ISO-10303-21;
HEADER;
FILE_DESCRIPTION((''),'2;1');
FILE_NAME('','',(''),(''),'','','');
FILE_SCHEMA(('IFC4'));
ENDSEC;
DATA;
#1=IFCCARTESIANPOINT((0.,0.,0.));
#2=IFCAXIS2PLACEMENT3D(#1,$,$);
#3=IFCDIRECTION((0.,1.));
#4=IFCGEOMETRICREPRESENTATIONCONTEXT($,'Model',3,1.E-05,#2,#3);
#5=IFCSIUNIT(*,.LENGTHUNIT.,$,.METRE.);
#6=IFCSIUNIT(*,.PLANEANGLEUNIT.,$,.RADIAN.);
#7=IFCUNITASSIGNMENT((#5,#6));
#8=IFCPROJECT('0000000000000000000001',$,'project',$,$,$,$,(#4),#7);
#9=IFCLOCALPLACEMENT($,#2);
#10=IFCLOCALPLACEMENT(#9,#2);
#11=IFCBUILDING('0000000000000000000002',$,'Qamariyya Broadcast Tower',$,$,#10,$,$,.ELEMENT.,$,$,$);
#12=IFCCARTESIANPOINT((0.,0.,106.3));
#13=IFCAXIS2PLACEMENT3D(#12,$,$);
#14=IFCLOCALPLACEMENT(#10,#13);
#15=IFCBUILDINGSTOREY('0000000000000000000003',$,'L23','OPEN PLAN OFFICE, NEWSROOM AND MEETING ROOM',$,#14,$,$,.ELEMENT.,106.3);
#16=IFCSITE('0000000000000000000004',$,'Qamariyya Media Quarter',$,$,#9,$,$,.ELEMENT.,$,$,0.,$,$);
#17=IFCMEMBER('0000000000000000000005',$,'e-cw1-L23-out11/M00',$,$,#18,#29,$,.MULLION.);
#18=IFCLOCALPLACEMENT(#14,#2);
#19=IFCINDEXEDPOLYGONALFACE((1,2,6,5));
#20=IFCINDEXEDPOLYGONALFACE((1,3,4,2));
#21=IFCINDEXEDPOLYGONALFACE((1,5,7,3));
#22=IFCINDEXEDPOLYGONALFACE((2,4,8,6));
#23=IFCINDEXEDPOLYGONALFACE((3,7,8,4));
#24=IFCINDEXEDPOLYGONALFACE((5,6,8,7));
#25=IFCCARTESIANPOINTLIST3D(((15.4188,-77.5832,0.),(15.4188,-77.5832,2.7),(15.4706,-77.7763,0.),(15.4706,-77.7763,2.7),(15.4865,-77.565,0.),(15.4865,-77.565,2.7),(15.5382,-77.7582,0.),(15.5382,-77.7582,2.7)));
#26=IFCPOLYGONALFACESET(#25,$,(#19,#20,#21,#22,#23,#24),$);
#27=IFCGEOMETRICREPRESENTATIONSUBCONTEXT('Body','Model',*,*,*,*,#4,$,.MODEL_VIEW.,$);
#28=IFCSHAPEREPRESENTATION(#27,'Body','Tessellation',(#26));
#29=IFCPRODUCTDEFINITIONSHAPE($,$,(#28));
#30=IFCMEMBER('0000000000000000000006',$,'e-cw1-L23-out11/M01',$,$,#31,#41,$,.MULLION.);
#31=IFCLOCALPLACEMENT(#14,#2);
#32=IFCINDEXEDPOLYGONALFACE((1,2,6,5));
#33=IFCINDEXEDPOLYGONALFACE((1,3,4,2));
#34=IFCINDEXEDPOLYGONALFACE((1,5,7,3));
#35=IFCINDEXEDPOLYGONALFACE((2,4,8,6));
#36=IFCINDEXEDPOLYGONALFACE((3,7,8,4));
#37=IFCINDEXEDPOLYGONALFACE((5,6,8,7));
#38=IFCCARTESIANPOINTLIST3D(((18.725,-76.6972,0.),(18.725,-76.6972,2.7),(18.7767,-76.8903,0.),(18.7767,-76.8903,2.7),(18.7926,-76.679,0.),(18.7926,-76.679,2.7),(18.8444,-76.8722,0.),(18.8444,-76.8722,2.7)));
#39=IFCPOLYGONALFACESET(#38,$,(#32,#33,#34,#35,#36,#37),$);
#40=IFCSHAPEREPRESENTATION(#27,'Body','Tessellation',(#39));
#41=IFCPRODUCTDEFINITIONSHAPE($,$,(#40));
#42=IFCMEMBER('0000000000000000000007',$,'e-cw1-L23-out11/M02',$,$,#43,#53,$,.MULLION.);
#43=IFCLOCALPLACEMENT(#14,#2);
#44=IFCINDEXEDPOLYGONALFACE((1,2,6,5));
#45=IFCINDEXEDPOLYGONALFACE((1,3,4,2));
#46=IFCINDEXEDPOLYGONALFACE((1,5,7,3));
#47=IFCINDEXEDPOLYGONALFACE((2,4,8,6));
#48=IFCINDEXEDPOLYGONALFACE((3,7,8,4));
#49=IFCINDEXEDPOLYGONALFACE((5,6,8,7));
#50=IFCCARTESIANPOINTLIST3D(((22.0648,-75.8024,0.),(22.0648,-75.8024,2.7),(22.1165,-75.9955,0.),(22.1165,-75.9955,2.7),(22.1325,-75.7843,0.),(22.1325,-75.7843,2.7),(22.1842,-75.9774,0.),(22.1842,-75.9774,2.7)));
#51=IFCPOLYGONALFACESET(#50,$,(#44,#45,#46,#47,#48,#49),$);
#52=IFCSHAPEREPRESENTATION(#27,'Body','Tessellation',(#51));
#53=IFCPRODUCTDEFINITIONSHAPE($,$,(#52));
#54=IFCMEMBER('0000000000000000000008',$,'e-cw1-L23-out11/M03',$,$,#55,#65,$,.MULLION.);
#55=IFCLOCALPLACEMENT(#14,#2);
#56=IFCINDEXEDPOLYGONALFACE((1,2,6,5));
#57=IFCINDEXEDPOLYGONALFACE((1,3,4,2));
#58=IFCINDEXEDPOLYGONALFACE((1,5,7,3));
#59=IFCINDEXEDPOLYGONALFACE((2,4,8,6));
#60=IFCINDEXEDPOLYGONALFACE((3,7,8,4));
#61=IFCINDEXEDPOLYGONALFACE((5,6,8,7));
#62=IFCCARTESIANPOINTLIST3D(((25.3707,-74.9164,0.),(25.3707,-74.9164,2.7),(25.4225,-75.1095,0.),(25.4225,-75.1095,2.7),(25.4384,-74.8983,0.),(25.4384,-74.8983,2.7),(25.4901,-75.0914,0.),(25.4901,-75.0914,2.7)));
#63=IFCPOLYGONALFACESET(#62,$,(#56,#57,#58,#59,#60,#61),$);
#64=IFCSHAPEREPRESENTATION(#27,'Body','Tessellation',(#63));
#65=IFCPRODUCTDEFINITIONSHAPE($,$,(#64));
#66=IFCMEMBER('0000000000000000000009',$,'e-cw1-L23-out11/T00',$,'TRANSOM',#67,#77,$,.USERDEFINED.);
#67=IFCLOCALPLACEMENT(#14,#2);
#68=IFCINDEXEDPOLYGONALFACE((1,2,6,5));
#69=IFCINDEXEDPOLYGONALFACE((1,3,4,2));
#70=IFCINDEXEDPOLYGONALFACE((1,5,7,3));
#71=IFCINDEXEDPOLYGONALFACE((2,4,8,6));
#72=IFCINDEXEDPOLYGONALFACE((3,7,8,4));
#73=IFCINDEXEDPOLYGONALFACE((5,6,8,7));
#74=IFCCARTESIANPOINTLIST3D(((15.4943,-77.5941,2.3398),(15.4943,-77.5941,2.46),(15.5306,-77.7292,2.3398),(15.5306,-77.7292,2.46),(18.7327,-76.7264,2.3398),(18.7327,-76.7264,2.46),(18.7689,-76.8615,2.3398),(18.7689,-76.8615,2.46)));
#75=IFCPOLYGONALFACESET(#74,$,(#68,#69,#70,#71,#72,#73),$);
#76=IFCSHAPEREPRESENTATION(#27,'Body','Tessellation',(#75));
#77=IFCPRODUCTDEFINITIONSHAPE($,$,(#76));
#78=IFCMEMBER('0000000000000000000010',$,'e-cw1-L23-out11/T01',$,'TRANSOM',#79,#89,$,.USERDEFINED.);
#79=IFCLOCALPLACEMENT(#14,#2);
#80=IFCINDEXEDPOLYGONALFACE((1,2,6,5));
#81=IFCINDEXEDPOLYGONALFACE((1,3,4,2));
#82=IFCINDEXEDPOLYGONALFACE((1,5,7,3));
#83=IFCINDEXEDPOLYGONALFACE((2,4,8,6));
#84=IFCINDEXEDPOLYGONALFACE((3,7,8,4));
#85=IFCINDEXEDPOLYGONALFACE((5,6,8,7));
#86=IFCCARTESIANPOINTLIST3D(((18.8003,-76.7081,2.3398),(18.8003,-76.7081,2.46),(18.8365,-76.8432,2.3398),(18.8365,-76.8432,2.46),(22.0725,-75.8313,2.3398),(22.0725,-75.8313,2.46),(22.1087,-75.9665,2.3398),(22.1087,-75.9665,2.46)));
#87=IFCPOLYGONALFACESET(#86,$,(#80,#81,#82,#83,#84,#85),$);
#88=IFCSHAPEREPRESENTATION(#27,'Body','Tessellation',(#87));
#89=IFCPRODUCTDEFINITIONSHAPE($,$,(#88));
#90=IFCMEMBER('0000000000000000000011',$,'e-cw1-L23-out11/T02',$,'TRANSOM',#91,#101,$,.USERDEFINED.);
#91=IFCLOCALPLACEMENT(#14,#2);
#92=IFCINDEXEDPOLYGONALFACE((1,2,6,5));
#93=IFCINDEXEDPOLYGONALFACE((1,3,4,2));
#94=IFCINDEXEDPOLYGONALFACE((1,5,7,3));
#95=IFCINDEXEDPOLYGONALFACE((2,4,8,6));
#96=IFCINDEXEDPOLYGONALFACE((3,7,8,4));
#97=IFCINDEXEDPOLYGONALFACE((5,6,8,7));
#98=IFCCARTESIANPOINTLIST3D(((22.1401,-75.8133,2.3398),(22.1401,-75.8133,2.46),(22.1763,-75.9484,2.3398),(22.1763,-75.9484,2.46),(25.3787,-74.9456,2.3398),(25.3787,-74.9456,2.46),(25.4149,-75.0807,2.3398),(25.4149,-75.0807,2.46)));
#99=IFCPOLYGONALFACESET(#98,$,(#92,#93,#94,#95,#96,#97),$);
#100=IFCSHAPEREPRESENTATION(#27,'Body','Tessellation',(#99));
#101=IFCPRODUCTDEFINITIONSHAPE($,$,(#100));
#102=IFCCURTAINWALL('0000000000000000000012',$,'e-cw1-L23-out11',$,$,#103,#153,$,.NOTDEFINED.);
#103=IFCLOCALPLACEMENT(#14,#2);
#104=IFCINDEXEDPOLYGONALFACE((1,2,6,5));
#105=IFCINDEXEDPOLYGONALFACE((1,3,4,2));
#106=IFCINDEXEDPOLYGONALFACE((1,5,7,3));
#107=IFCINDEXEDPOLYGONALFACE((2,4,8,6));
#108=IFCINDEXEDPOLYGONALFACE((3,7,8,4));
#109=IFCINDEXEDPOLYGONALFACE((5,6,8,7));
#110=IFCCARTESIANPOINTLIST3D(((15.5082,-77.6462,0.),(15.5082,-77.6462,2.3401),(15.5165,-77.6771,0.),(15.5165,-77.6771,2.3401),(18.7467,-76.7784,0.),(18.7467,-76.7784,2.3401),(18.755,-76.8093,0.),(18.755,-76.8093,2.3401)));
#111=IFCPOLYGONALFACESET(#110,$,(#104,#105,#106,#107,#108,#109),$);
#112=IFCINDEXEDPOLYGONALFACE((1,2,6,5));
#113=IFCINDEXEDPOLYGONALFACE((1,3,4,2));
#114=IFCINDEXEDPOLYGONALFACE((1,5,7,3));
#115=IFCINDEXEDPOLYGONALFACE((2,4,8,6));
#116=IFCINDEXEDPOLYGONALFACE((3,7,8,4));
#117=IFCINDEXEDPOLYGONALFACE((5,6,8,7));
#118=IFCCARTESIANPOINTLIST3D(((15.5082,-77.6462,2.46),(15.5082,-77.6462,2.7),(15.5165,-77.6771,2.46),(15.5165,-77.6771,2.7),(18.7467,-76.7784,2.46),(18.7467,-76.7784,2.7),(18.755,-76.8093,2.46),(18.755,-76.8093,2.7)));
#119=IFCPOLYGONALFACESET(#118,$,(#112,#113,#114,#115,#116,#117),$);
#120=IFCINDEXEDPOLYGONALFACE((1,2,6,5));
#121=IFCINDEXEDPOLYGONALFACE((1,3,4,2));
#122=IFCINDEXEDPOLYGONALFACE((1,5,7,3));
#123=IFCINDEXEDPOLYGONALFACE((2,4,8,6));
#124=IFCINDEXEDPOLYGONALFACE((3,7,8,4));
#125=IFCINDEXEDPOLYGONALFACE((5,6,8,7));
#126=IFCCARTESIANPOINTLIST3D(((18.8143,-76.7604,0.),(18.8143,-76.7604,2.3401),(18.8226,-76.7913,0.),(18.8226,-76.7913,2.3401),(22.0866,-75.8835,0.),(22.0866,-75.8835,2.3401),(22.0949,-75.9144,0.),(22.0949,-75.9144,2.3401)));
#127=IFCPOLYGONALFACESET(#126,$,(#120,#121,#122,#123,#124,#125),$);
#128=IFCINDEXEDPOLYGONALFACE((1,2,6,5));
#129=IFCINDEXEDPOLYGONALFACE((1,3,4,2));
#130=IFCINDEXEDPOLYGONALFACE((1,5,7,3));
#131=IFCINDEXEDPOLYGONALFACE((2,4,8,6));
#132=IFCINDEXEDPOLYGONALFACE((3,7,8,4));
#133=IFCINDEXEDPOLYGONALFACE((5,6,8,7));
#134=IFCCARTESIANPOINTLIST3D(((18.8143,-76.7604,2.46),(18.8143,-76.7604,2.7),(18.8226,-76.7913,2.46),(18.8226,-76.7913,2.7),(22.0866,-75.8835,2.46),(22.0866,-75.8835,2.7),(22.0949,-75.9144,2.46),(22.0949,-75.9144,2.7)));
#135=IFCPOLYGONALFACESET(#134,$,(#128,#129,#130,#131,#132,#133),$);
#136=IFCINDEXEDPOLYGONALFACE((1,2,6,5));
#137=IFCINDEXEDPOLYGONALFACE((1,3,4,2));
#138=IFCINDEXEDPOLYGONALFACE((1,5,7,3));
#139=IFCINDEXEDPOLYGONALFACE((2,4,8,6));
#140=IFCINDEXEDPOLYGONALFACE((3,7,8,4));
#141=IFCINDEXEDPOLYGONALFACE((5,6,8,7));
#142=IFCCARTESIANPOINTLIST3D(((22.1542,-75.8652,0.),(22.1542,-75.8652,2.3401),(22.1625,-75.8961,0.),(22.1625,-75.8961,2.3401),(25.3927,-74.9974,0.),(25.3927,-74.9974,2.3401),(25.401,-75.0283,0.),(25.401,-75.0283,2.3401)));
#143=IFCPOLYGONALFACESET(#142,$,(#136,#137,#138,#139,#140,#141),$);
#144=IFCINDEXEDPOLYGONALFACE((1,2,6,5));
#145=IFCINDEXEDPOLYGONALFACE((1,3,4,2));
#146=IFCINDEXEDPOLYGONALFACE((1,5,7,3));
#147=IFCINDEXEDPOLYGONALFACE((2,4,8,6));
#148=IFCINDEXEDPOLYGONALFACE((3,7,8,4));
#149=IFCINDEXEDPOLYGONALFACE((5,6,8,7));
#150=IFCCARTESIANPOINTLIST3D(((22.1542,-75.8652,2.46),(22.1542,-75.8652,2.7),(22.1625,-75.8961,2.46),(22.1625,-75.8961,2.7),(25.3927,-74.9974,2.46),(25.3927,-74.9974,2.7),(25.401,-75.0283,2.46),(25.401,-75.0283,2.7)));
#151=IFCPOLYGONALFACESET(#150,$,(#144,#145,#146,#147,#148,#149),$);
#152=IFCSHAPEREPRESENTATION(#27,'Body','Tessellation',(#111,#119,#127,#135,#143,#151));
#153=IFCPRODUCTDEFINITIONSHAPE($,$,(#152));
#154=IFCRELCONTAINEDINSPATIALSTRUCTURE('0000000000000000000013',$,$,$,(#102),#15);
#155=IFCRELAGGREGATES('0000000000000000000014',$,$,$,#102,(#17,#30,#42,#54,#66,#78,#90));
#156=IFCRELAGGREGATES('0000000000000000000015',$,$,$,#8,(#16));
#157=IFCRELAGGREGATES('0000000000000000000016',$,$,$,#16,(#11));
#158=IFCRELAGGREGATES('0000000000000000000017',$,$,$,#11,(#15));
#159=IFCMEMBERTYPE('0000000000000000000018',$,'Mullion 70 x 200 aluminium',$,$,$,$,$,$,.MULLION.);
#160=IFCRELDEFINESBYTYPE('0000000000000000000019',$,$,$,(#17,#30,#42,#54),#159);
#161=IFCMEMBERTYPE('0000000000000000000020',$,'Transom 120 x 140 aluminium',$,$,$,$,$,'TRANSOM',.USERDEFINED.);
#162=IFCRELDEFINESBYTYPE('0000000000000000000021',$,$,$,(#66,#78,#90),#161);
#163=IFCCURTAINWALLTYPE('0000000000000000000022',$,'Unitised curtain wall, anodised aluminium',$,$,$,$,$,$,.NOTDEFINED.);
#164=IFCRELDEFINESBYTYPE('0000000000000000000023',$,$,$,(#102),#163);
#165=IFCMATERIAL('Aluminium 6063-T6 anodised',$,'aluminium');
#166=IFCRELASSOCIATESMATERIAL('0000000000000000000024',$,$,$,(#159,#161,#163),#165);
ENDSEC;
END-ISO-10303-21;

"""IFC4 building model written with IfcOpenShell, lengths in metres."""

from ifc_helpers import new_model, si_unit, direction, frame, origin, origin_2d, place, context, subcontext, project, spatial, rectangle, extrude, material, material_profile, profile_set, type_object, element, aggregate, save


model = new_model("IFC4")

# Units and contexts
model_context = context("Model", 3, precision=1e-05, world=origin(), true_north=direction((0.0, 1.0)))
body_context = subcontext(model_context, "Body", "Model", "MODEL_VIEW")
ifc_project = project(units=[si_unit("LENGTHUNIT", "METRE"), si_unit("PLANEANGLEUNIT", "RADIAN")], contexts=[model_context])

# Members
ifc_material = material(Name="Aluminium 6063-T6 anodised", Category="aluminium")
ifc_material_profile_1 = material_profile(ifc_material, rectangle(XDim=0.2, YDim=0.0701, at=origin_2d()))
ifc_profile_set_1 = profile_set([ifc_material_profile_1], Name="Aluminium 6063-T6 anodised")
member_type_1 = type_object("IfcMemberType", Name="Mullion 70 x 200 aluminium", PredefinedType="MULLION", material=ifc_profile_set_1)
site_placement = place(None, origin())
building_placement = place(site_placement, origin())
storey_placement = place(building_placement, frame((0.0, 0.0, 106.3)))
member_1_placement = place(storey_placement, frame((15.4785, -77.6707, 0.0), z_axis=(0.0, 0.0, 1.0), x_axis=(-0.258819, 0.965926, 0.0)))
member_1 = element("IfcMember", 1, at=member_1_placement, type_object=member_type_1, Name="e-cw1-L23-out11/M00", PredefinedType="MULLION", context=body_context, shape_type="SweptSolid", body=[
    extrude(rectangle(XDim=0.2, YDim=0.0701, at=origin_2d()), origin(), (0.0, 0.0, 1.0), 2.7),
])
member_2_placement = place(storey_placement, frame((18.7847, -76.7847, 0.0), z_axis=(0.0, 0.0, 1.0), x_axis=(-0.258819, 0.965926, 0.0)))
member_2 = element("IfcMember", 2, at=member_2_placement, type_object=member_type_1, Name="e-cw1-L23-out11/M01", PredefinedType="MULLION", context=body_context, shape_type="SweptSolid", body=[
    extrude(rectangle(XDim=0.2, YDim=0.0701, at=origin_2d()), origin(), (0.0, 0.0, 1.0), 2.7),
])
member_3_placement = place(storey_placement, frame((22.1245, -75.8899, 0.0), z_axis=(0.0, 0.0, 1.0), x_axis=(-0.258819, 0.965926, 0.0)))
member_3 = element("IfcMember", 3, at=member_3_placement, type_object=member_type_1, Name="e-cw1-L23-out11/M02", PredefinedType="MULLION", context=body_context, shape_type="SweptSolid", body=[
    extrude(rectangle(XDim=0.2, YDim=0.0701, at=origin_2d()), origin(), (0.0, 0.0, 1.0), 2.7),
])
member_4_placement = place(storey_placement, frame((25.4304, -75.0039, 0.0), z_axis=(0.0, 0.0, 1.0), x_axis=(-0.258819, 0.965926, 0.0)))
member_4 = element("IfcMember", 4, at=member_4_placement, type_object=member_type_1, Name="e-cw1-L23-out11/M03", PredefinedType="MULLION", context=body_context, shape_type="SweptSolid", body=[
    extrude(rectangle(XDim=0.2, YDim=0.0701, at=origin_2d()), origin(), (0.0, 0.0, 1.0), 2.7),
])
ifc_material_profile_2 = material_profile(ifc_material, rectangle(XDim=0.1399, YDim=0.1201, at=origin_2d()))
ifc_profile_set_2 = profile_set([ifc_material_profile_2], Name="Aluminium 6063-T6 anodised")
member_type_2 = type_object("IfcMemberType", Name="Transom 120 x 140 aluminium", ElementType="TRANSOM", PredefinedType="USERDEFINED", material=ifc_profile_set_2)
member_5_placement = place(storey_placement, frame((15.5125, -77.6616, 2.3999), z_axis=(0.965927, 0.258814, 0.0), x_axis=(-0.258814, 0.965927, 0.0)))
member_5 = element("IfcMember", 5, at=member_5_placement, type_object=member_type_2, Name="e-cw1-L23-out11/T00", ObjectType="TRANSOM", PredefinedType="USERDEFINED", context=body_context, shape_type="SweptSolid", body=[
    extrude(rectangle(XDim=0.1399, YDim=0.1201, at=origin_2d()), origin(), (0.0, 0.0, 1.0), 3.3525),
])
member_6_placement = place(storey_placement, frame((18.8184, -76.7756, 2.3999), z_axis=(0.965932, 0.258797, 0.0), x_axis=(-0.258797, 0.965932, 0.0)))
member_6 = element("IfcMember", 6, at=member_6_placement, type_object=member_type_2, Name="e-cw1-L23-out11/T01", ObjectType="TRANSOM", PredefinedType="USERDEFINED", context=body_context, shape_type="SweptSolid", body=[
    extrude(rectangle(XDim=0.1399, YDim=0.1201, at=origin_2d()), origin(), (0.0, 0.0, 1.0), 3.3877),
])
member_7_placement = place(storey_placement, frame((22.1582, -75.8809, 2.3999), z_axis=(0.965932, 0.258796, 0.0), x_axis=(-0.258796, 0.965932, 0.0)))
member_7 = element("IfcMember", 7, at=member_7_placement, type_object=member_type_2, Name="e-cw1-L23-out11/T02", ObjectType="TRANSOM", PredefinedType="USERDEFINED", context=body_context, shape_type="SweptSolid", body=[
    extrude(rectangle(XDim=0.1399, YDim=0.1201, at=origin_2d()), origin(), (0.0, 0.0, 1.0), 3.3528),
])

# Site, building, storey
site = spatial("IfcSite", under=ifc_project, at=site_placement, Name="Qamariyya Media Quarter", CompositionType="ELEMENT", RefElevation=0.0)
building = spatial("IfcBuilding", under=site, at=building_placement, Name="Qamariyya Broadcast Tower", CompositionType="ELEMENT")
storey = spatial("IfcBuildingStorey", under=building, at=storey_placement, Name="L23", Description="OPEN PLAN OFFICE, NEWSROOM AND MEETING ROOM", CompositionType="ELEMENT", Elevation=106.3)

# Curtain wall
curtain_wall_type = type_object("IfcCurtainWallType", Name="Unitised curtain wall, anodised aluminium", PredefinedType="NOTDEFINED", material=ifc_material)
curtain_wall_1_placement = place(storey_placement, origin())
curtain_wall_1 = element("IfcCurtainWall", 8, at=curtain_wall_1_placement, inside=storey, type_object=curtain_wall_type, Name="e-cw1-L23-out11", PredefinedType="NOTDEFINED", context=body_context, shape_type="SweptSolid", body=[
    extrude(rectangle(XDim=3.3528, YDim=0.032, at=origin_2d()), frame((17.1316, -77.2278, 0.0), x_axis=(0.965924, 0.258827, 0.0)), (0.0, 0.0, 1.0), 2.3401),
    extrude(rectangle(XDim=3.3528, YDim=0.032, at=origin_2d()), frame((17.1316, -77.2278, 2.46), x_axis=(0.965924, 0.258827, 0.0)), (0.0, 0.0, 1.0), 0.24),
    extrude(rectangle(XDim=3.3877, YDim=0.032, at=origin_2d()), frame((20.4546, -76.3374, 0.0), x_axis=(0.965924, 0.258827, 0.0)), (0.0, 0.0, 1.0), 2.3401),
    extrude(rectangle(XDim=3.3877, YDim=0.032, at=origin_2d()), frame((20.4546, -76.3374, 2.46), x_axis=(0.965924, 0.258827, 0.0)), (0.0, 0.0, 1.0), 0.24),
    extrude(rectangle(XDim=3.3528, YDim=0.032, at=origin_2d()), frame((23.7776, -75.4468, 0.0), x_axis=(0.965924, 0.258827, 0.0)), (0.0, 0.0, 1.0), 2.3401),
    extrude(rectangle(XDim=3.3528, YDim=0.032, at=origin_2d()), frame((23.7776, -75.4468, 2.46), x_axis=(0.965924, 0.258827, 0.0)), (0.0, 0.0, 1.0), 0.24),
])
aggregate(curtain_wall_1, [member_1, member_2, member_3, member_4, member_5, member_6, member_7])

save(model, "model.ifc")
